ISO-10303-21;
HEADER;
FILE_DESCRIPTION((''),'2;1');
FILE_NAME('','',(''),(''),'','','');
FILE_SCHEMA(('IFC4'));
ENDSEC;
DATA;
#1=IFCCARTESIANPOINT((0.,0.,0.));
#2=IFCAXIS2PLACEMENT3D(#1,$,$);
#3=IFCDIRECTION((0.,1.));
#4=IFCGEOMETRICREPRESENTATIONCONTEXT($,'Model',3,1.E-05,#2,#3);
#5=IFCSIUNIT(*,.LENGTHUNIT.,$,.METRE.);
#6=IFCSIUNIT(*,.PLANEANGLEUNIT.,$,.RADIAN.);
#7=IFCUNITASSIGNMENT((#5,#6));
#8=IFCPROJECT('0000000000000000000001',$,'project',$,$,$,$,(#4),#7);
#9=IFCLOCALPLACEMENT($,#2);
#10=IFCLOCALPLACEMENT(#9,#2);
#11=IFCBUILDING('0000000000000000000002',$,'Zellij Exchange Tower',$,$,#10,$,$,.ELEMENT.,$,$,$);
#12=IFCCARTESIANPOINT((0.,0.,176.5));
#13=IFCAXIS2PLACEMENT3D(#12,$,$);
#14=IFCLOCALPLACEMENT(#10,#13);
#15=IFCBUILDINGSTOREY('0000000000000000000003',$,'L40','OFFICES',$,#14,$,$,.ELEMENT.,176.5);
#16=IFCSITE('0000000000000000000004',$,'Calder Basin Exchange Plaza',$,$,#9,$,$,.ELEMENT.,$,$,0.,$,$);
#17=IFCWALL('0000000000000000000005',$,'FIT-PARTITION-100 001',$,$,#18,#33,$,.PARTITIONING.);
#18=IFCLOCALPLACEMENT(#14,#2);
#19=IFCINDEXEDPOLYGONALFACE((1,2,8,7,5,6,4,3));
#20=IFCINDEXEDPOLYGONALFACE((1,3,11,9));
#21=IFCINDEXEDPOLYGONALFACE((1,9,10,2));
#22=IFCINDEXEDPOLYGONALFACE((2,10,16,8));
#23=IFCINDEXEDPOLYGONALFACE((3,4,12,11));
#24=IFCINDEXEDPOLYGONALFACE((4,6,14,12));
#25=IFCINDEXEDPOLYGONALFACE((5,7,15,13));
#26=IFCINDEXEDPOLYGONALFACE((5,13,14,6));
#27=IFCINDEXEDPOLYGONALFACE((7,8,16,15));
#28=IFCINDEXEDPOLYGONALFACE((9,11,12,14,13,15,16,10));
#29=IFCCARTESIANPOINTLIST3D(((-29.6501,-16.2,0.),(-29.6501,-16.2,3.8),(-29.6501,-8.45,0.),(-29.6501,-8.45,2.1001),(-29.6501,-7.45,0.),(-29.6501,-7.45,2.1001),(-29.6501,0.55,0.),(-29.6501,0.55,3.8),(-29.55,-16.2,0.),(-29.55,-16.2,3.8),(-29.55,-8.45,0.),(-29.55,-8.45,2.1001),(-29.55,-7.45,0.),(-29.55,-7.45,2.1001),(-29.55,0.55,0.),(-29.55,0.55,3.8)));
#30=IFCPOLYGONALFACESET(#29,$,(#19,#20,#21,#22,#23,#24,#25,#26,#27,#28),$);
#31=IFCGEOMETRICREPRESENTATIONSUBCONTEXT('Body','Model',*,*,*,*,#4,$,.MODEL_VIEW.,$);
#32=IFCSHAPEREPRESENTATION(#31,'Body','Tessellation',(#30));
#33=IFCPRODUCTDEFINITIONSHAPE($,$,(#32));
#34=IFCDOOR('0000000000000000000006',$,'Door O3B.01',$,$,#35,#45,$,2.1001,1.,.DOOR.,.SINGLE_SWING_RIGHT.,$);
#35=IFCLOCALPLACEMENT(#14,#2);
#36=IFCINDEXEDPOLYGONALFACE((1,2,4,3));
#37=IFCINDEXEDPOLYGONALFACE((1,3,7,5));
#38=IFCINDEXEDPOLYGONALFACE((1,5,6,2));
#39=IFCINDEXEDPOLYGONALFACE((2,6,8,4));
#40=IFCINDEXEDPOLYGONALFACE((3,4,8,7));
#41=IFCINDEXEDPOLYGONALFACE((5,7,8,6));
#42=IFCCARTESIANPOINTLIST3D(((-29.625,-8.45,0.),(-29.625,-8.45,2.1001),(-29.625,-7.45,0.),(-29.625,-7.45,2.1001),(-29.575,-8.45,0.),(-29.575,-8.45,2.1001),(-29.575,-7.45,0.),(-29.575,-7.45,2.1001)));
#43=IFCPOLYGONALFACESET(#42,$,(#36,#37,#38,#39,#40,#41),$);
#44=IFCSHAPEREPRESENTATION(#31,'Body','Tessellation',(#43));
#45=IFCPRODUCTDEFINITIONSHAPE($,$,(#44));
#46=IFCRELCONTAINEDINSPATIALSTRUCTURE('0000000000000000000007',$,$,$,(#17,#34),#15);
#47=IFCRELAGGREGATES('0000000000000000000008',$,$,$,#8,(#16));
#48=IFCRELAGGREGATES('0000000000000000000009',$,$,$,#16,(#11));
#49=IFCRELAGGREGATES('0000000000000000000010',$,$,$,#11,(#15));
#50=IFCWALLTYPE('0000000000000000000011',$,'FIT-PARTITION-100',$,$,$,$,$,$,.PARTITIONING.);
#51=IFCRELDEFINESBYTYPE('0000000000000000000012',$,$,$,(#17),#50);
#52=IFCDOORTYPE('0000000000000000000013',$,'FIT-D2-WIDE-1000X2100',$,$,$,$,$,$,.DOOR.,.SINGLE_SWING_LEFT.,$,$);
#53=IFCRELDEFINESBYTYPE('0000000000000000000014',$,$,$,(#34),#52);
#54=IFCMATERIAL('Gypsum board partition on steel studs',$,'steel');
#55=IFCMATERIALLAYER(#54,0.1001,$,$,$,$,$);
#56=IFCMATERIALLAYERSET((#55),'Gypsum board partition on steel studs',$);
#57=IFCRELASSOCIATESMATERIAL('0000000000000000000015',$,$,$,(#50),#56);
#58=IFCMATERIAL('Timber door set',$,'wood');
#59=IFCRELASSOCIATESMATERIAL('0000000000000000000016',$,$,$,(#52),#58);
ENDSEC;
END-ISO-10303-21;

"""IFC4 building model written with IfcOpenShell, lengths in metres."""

from ifc_helpers import new_model, si_unit, direction, frame, frame_2d, origin, place, context, subcontext, project, spatial, rectangle, extrude, material, layer, layer_set, type_object, element, fill, save


model = new_model("IFC4")

# Units and contexts
model_context = context("Model", 3, precision=1e-05, world=origin(), true_north=direction((0.0, 1.0)))
body_context = subcontext(model_context, "Body", "Model", "MODEL_VIEW")
ifc_project = project(units=[si_unit("LENGTHUNIT", "METRE"), si_unit("PLANEANGLEUNIT", "RADIAN")], contexts=[model_context])

# Site, building, storey
site_placement = place(None, origin())
site = spatial("IfcSite", under=ifc_project, at=site_placement, Name="Calder Basin Exchange Plaza", CompositionType="ELEMENT", RefElevation=0.0)
building_placement = place(site_placement, origin())
building = spatial("IfcBuilding", under=site, at=building_placement, Name="Zellij Exchange Tower", CompositionType="ELEMENT")
storey_placement = place(building_placement, frame((0.0, 0.0, 176.5)))
storey = spatial("IfcBuildingStorey", under=building, at=storey_placement, Name="L40", Description="OFFICES", CompositionType="ELEMENT", Elevation=176.5)

# Wall, opening, door
ifc_material_1 = material(Name="Gypsum board partition on steel studs", Category="steel")
ifc_layer_1 = layer(ifc_material_1, 0.1001)
ifc_layer_set_1 = layer_set([ifc_layer_1], Name="Gypsum board partition on steel studs")
wall_type_1 = type_object("IfcWallType", Name="FIT-PARTITION-100", PredefinedType="PARTITIONING", material=ifc_layer_set_1)
wall_1_placement = place(storey_placement, frame((-29.6001, -16.2, 0.0), z_axis=(0.0, 0.0, 1.0), x_axis=(0.0, 1.0, 0.0)))
wall_1 = element("IfcWall", 1, at=wall_1_placement, inside=storey, type_object=wall_type_1, Name="FIT-PARTITION-100 001", PredefinedType="PARTITIONING", context=body_context, shape_type="SweptSolid", body=[
    extrude(rectangle(XDim=16.75, YDim=0.1001, at=frame_2d((8.375, 0.0))), origin(), (0.0, 0.0, 1.0), 3.8),
])
opening_1_placement = place(wall_1_placement, frame((7.75, 0.0, 0.0)))
opening_1 = element("IfcOpeningElement", 2, at=opening_1_placement, cuts=wall_1, PredefinedType="OPENING", context=body_context, shape_type="SweptSolid", body=[
    extrude(rectangle(XDim=1.0, YDim=2.1001, at=frame_2d((0.5, 1.05))), frame((0.0, 0.062, 0.0), z_axis=(0.0, -1.0, 0.0), x_axis=(1.0, 0.0, 0.0)), (0.0, 0.0, 1.0), 0.124),
])
ifc_material_2 = material(Name="Timber door set", Category="wood")
door_type_1 = type_object("IfcDoorType", Name="FIT-D2-WIDE-1000X2100", OperationType="SINGLE_SWING_LEFT", PredefinedType="DOOR", material=ifc_material_2)
door_1_placement = place(opening_1_placement, origin())
door_1 = element("IfcDoor", 3, at=door_1_placement, inside=storey, type_object=door_type_1, Name="Door O3B.01", OperationType="SINGLE_SWING_RIGHT", OverallHeight=2.1001, OverallWidth=1.0, PredefinedType="DOOR", context=body_context, shape_type="SweptSolid", body=[
    extrude(rectangle(XDim=1.0, YDim=2.1001, at=frame_2d((0.5, 1.05))), frame((0.0, 0.0249, 0.0), z_axis=(0.0, -1.0, 0.0), x_axis=(1.0, 0.0, 0.0)), (0.0, 0.0, 1.0), 0.05),
])
fill(opening_1, door_1)

save(model, "model.ifc")
